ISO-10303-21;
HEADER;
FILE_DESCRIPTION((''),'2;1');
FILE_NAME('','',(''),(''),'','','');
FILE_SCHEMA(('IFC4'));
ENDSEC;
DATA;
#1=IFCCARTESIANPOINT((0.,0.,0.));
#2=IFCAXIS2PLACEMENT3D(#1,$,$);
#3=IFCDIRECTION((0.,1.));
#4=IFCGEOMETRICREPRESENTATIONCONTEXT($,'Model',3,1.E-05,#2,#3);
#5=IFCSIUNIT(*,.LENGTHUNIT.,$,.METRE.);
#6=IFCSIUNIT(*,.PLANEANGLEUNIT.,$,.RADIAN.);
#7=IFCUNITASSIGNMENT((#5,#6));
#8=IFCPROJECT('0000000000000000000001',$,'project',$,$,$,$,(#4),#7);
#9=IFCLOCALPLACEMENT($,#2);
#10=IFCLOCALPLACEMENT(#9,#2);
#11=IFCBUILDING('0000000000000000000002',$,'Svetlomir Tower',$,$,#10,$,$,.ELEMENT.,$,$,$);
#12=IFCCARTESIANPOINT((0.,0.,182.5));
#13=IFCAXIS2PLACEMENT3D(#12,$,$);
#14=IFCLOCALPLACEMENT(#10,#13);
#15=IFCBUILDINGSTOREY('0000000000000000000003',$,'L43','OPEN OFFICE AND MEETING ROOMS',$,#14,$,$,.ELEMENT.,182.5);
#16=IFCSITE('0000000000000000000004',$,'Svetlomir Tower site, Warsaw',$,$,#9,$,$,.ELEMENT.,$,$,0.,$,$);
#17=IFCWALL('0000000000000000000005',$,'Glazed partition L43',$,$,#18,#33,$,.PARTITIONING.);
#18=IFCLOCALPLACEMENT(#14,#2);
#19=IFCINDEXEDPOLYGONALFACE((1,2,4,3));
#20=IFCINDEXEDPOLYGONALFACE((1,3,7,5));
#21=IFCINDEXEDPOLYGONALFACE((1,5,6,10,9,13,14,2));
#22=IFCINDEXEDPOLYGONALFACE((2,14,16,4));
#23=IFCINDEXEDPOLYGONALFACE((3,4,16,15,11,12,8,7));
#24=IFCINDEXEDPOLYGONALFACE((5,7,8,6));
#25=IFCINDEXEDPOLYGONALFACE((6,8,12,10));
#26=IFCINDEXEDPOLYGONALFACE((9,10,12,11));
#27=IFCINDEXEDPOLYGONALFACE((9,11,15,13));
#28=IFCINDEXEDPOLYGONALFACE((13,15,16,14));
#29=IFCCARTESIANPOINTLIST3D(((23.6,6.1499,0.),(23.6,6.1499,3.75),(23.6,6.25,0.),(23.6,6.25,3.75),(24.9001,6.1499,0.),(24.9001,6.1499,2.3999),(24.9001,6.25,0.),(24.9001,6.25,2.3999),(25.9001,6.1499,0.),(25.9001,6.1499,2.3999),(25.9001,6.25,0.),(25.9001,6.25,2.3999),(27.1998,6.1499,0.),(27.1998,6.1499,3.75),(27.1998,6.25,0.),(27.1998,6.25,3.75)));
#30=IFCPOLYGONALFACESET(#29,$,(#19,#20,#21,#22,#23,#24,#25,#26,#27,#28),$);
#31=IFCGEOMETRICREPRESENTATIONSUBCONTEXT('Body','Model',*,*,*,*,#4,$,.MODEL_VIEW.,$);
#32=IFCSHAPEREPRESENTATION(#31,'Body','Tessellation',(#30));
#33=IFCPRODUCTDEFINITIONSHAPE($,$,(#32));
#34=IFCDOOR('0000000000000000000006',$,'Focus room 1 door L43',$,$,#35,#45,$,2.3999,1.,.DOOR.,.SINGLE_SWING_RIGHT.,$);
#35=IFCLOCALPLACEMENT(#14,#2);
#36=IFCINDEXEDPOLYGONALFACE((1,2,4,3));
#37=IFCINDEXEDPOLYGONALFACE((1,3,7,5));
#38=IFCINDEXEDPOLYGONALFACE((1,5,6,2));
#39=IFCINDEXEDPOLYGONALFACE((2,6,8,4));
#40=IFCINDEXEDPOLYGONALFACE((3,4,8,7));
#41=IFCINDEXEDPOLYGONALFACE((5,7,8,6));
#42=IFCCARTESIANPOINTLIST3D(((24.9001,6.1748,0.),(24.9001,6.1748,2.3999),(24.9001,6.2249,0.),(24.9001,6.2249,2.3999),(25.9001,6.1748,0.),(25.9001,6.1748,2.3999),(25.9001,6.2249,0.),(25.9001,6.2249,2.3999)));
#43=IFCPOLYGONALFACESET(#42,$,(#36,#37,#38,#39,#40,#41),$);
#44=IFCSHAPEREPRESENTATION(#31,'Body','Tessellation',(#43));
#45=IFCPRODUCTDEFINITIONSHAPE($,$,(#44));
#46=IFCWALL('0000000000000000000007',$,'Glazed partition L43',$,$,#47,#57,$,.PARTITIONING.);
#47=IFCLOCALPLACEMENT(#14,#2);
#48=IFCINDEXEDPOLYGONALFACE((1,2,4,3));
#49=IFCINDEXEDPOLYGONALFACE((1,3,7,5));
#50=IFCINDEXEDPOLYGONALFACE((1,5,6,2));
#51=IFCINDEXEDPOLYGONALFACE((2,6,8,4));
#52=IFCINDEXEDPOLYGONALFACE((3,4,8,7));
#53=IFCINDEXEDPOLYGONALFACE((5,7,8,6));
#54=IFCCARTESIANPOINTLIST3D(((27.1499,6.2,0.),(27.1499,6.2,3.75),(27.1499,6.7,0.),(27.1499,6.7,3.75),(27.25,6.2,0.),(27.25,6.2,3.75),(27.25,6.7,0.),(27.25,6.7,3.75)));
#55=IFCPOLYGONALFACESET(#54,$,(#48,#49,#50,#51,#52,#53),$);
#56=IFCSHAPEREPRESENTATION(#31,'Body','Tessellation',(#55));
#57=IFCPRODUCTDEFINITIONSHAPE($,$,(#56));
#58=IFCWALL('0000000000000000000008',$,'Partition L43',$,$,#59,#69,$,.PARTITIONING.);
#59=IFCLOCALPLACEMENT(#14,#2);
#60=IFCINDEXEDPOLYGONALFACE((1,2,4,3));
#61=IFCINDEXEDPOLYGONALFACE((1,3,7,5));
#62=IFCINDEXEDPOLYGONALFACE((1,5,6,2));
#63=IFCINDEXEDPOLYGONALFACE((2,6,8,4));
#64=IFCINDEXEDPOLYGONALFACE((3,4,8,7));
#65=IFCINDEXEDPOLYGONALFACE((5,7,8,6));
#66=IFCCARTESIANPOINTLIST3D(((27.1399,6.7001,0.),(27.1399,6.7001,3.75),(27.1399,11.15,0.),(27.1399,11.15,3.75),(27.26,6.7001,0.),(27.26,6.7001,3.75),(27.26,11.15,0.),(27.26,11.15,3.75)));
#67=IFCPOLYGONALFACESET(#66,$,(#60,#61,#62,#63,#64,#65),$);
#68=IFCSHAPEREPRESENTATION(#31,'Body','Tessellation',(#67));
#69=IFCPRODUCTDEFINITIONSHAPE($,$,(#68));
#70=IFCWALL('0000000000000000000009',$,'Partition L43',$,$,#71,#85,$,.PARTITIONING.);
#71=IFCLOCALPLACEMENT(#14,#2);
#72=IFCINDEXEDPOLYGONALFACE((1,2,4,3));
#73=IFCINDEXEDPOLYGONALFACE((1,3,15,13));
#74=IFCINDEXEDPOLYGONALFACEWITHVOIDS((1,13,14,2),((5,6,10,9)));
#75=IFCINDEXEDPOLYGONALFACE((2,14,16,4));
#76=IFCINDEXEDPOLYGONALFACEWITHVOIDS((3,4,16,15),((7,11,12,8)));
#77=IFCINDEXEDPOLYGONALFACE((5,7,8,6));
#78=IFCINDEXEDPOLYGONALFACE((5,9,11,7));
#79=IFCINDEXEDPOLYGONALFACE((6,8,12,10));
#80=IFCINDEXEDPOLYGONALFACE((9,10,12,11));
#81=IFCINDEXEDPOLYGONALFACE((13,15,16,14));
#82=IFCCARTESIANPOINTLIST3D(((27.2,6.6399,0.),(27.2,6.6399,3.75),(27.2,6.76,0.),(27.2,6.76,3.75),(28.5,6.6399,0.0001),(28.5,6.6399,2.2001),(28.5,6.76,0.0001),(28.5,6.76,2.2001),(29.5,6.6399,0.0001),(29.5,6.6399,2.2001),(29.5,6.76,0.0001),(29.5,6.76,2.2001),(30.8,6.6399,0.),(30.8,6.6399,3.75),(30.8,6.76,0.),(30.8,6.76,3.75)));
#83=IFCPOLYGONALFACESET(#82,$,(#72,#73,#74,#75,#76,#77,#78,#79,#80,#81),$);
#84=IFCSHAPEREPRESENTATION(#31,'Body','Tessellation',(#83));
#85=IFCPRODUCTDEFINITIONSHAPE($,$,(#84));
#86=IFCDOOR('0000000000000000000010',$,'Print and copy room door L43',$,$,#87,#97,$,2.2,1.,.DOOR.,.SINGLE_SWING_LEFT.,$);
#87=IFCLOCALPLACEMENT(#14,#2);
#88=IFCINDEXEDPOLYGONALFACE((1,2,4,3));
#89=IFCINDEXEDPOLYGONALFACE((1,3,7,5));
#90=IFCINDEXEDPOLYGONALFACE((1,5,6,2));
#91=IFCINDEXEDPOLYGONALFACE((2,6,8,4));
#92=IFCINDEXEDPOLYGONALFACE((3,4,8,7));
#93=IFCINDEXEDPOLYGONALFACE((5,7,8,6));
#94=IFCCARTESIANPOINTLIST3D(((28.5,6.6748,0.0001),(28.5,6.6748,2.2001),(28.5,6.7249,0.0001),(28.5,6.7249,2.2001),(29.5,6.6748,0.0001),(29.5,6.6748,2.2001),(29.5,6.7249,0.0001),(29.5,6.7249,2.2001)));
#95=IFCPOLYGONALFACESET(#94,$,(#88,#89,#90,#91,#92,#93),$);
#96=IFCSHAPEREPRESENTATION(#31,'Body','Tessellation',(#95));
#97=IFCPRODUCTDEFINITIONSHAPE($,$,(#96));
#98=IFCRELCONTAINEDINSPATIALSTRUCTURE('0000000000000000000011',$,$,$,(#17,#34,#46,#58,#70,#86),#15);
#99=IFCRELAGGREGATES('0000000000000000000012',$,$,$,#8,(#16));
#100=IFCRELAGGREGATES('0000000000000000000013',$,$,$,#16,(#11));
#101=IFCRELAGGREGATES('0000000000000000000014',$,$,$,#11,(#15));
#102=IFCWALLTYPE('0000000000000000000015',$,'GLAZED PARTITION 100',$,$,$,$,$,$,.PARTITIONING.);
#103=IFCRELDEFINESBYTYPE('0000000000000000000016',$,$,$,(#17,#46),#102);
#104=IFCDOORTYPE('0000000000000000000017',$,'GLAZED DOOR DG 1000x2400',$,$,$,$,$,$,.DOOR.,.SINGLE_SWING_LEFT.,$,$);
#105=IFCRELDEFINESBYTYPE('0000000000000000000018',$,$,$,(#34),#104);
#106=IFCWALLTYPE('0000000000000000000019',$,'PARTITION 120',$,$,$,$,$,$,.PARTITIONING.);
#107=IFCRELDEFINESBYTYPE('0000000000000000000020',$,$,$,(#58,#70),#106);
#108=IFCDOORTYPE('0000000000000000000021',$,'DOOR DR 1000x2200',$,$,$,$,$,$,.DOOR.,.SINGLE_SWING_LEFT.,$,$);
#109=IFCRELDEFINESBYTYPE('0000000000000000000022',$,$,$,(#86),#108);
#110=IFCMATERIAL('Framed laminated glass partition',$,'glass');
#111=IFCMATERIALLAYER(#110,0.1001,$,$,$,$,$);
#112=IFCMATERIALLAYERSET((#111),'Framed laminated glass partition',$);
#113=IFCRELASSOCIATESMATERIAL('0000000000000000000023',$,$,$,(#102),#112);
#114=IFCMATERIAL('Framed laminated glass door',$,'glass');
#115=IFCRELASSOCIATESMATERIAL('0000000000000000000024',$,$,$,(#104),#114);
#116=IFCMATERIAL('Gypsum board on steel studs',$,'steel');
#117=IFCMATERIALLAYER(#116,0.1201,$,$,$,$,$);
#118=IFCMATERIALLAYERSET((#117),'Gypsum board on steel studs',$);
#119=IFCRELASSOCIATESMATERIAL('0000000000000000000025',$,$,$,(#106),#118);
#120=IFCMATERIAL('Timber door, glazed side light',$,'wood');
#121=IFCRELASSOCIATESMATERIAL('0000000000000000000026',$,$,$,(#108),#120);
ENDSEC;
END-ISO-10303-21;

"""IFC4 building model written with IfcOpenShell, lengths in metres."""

from ifc_helpers import new_model, si_unit, direction, frame, frame_2d, origin, place, context, subcontext, project, spatial, rectangle, extrude, material, layer, layer_set, type_object, element, fill, save


model = new_model("IFC4")

# Units and contexts
model_context = context("Model", 3, precision=1e-05, world=origin(), true_north=direction((0.0, 1.0)))
body_context = subcontext(model_context, "Body", "Model", "MODEL_VIEW")
ifc_project = project(units=[si_unit("LENGTHUNIT", "METRE"), si_unit("PLANEANGLEUNIT", "RADIAN")], contexts=[model_context])

# Site, building, storey
site_placement = place(None, origin())
site = spatial("IfcSite", under=ifc_project, at=site_placement, Name="Svetlomir Tower site, Warsaw", CompositionType="ELEMENT", RefElevation=0.0)
building_placement = place(site_placement, origin())
building = spatial("IfcBuilding", under=site, at=building_placement, Name="Svetlomir Tower", CompositionType="ELEMENT")
storey_placement = place(building_placement, frame((0.0, 0.0, 182.5)))
storey = spatial("IfcBuildingStorey", under=building, at=storey_placement, Name="L43", Description="OPEN OFFICE AND MEETING ROOMS", CompositionType="ELEMENT", Elevation=182.5)

# Shared definitions
ifc_material_1 = material(Name="Framed laminated glass partition", Category="glass")
ifc_layer_1 = layer(ifc_material_1, 0.1001)
ifc_layer_set_1 = layer_set([ifc_layer_1], Name="Framed laminated glass partition")
wall_type_1 = type_object("IfcWallType", Name="GLAZED PARTITION 100", PredefinedType="PARTITIONING", material=ifc_layer_set_1)

# Wall, opening, door
wall_1_placement = place(storey_placement, frame((23.6001, 6.2, 0.0), z_axis=(0.0, 0.0, 1.0), x_axis=(1.0, 0.0, 0.0)))
wall_1 = element("IfcWall", 1, at=wall_1_placement, inside=storey, type_object=wall_type_1, Name="Glazed partition L43", PredefinedType="PARTITIONING", context=body_context, shape_type="SweptSolid", body=[
    extrude(rectangle(XDim=3.5999, YDim=0.1001, at=frame_2d((1.7998, 0.0))), origin(), (0.0, 0.0, 1.0), 3.75),
])
opening_1_placement = place(wall_1_placement, frame((1.3, 0.0, 0.0)))
opening_1 = element("IfcOpeningElement", 2, at=opening_1_placement, cuts=wall_1, PredefinedType="OPENING", context=body_context, shape_type="SweptSolid", body=[
    extrude(rectangle(XDim=1.0, YDim=2.3999, at=frame_2d((0.5, 1.2))), frame((0.0, 0.0601, 0.0), z_axis=(0.0, -1.0, 0.0), x_axis=(1.0, 0.0, 0.0)), (0.0, 0.0, 1.0), 0.1201),
])
ifc_material_2 = material(Name="Framed laminated glass door", Category="glass")
door_type_1 = type_object("IfcDoorType", Name="GLAZED DOOR DG 1000x2400", OperationType="SINGLE_SWING_LEFT", PredefinedType="DOOR", material=ifc_material_2)
door_1_placement = place(opening_1_placement, origin())
door_1 = element("IfcDoor", 3, at=door_1_placement, inside=storey, type_object=door_type_1, Name="Focus room 1 door L43", OperationType="SINGLE_SWING_RIGHT", OverallHeight=2.3999, OverallWidth=1.0, PredefinedType="DOOR", context=body_context, shape_type="SweptSolid", body=[
    extrude(rectangle(XDim=1.0, YDim=2.3999, at=frame_2d((0.5, 1.2))), frame((0.0, 0.0249, 0.0), z_axis=(0.0, -1.0, 0.0), x_axis=(1.0, 0.0, 0.0)), (0.0, 0.0, 1.0), 0.05),
])
fill(opening_1, door_1)

# Walls
wall_2_placement = place(storey_placement, frame((27.2, 6.2, 0.0), z_axis=(0.0, 0.0, 1.0), x_axis=(0.0, 1.0, 0.0)))
element("IfcWall", 4, at=wall_2_placement, inside=storey, type_object=wall_type_1, Name="Glazed partition L43", PredefinedType="PARTITIONING", context=body_context, shape_type="SweptSolid", body=[
    extrude(rectangle(XDim=0.5, YDim=0.1001, at=frame_2d((0.25, 0.0))), origin(), (0.0, 0.0, 1.0), 3.75),
])
ifc_material_3 = material(Name="Gypsum board on steel studs", Category="steel")
ifc_layer_2 = layer(ifc_material_3, 0.1201)
ifc_layer_set_2 = layer_set([ifc_layer_2], Name="Gypsum board on steel studs")
wall_type_2 = type_object("IfcWallType", Name="PARTITION 120", PredefinedType="PARTITIONING", material=ifc_layer_set_2)
wall_3_placement = place(storey_placement, frame((27.2, 6.7, 0.0), z_axis=(0.0, 0.0, 1.0), x_axis=(0.0, 1.0, 0.0)))
element("IfcWall", 5, at=wall_3_placement, inside=storey, type_object=wall_type_2, Name="Partition L43", PredefinedType="PARTITIONING", context=body_context, shape_type="SweptSolid", body=[
    extrude(rectangle(XDim=4.45, YDim=0.1201, at=frame_2d((2.2251, 0.0))), origin(), (0.0, 0.0, 1.0), 3.75),
])

# Wall, opening, door
wall_4_placement = place(storey_placement, frame((27.2, 6.7, 0.0), z_axis=(0.0, 0.0, 1.0), x_axis=(1.0, 0.0, 0.0)))
wall_4 = element("IfcWall", 6, at=wall_4_placement, inside=storey, type_object=wall_type_2, Name="Partition L43", PredefinedType="PARTITIONING", context=body_context, shape_type="SweptSolid", body=[
    extrude(rectangle(XDim=3.6001, YDim=0.1201, at=frame_2d((1.8, 0.0))), origin(), (0.0, 0.0, 1.0), 3.75),
])
opening_2_placement = place(wall_4_placement, frame((1.3, 0.0, 0.0)))
opening_2 = element("IfcOpeningElement", 7, at=opening_2_placement, cuts=wall_4, PredefinedType="OPENING", context=body_context, shape_type="SweptSolid", body=[
    extrude(rectangle(XDim=1.0, YDim=2.2, at=frame_2d((0.5, 1.1001))), frame((0.0, 0.0701, 0.0), z_axis=(0.0, -1.0, 0.0), x_axis=(1.0, 0.0, 0.0)), (0.0, 0.0, 1.0), 0.1401),
])
ifc_material_4 = material(Name="Timber door, glazed side light", Category="wood")
door_type_2 = type_object("IfcDoorType", Name="DOOR DR 1000x2200", OperationType="SINGLE_SWING_LEFT", PredefinedType="DOOR", material=ifc_material_4)
door_2_placement = place(opening_2_placement, origin())
door_2 = element("IfcDoor", 8, at=door_2_placement, inside=storey, type_object=door_type_2, Name="Print and copy room door L43", OperationType="SINGLE_SWING_LEFT", OverallHeight=2.2, OverallWidth=1.0, PredefinedType="DOOR", context=body_context, shape_type="SweptSolid", body=[
    extrude(rectangle(XDim=1.0, YDim=2.2, at=frame_2d((0.5, 1.1001))), frame((0.0, 0.0249, 0.0), z_axis=(0.0, -1.0, 0.0), x_axis=(1.0, 0.0, 0.0)), (0.0, 0.0, 1.0), 0.05),
])
fill(opening_2, door_2)

save(model, "model.ifc")
